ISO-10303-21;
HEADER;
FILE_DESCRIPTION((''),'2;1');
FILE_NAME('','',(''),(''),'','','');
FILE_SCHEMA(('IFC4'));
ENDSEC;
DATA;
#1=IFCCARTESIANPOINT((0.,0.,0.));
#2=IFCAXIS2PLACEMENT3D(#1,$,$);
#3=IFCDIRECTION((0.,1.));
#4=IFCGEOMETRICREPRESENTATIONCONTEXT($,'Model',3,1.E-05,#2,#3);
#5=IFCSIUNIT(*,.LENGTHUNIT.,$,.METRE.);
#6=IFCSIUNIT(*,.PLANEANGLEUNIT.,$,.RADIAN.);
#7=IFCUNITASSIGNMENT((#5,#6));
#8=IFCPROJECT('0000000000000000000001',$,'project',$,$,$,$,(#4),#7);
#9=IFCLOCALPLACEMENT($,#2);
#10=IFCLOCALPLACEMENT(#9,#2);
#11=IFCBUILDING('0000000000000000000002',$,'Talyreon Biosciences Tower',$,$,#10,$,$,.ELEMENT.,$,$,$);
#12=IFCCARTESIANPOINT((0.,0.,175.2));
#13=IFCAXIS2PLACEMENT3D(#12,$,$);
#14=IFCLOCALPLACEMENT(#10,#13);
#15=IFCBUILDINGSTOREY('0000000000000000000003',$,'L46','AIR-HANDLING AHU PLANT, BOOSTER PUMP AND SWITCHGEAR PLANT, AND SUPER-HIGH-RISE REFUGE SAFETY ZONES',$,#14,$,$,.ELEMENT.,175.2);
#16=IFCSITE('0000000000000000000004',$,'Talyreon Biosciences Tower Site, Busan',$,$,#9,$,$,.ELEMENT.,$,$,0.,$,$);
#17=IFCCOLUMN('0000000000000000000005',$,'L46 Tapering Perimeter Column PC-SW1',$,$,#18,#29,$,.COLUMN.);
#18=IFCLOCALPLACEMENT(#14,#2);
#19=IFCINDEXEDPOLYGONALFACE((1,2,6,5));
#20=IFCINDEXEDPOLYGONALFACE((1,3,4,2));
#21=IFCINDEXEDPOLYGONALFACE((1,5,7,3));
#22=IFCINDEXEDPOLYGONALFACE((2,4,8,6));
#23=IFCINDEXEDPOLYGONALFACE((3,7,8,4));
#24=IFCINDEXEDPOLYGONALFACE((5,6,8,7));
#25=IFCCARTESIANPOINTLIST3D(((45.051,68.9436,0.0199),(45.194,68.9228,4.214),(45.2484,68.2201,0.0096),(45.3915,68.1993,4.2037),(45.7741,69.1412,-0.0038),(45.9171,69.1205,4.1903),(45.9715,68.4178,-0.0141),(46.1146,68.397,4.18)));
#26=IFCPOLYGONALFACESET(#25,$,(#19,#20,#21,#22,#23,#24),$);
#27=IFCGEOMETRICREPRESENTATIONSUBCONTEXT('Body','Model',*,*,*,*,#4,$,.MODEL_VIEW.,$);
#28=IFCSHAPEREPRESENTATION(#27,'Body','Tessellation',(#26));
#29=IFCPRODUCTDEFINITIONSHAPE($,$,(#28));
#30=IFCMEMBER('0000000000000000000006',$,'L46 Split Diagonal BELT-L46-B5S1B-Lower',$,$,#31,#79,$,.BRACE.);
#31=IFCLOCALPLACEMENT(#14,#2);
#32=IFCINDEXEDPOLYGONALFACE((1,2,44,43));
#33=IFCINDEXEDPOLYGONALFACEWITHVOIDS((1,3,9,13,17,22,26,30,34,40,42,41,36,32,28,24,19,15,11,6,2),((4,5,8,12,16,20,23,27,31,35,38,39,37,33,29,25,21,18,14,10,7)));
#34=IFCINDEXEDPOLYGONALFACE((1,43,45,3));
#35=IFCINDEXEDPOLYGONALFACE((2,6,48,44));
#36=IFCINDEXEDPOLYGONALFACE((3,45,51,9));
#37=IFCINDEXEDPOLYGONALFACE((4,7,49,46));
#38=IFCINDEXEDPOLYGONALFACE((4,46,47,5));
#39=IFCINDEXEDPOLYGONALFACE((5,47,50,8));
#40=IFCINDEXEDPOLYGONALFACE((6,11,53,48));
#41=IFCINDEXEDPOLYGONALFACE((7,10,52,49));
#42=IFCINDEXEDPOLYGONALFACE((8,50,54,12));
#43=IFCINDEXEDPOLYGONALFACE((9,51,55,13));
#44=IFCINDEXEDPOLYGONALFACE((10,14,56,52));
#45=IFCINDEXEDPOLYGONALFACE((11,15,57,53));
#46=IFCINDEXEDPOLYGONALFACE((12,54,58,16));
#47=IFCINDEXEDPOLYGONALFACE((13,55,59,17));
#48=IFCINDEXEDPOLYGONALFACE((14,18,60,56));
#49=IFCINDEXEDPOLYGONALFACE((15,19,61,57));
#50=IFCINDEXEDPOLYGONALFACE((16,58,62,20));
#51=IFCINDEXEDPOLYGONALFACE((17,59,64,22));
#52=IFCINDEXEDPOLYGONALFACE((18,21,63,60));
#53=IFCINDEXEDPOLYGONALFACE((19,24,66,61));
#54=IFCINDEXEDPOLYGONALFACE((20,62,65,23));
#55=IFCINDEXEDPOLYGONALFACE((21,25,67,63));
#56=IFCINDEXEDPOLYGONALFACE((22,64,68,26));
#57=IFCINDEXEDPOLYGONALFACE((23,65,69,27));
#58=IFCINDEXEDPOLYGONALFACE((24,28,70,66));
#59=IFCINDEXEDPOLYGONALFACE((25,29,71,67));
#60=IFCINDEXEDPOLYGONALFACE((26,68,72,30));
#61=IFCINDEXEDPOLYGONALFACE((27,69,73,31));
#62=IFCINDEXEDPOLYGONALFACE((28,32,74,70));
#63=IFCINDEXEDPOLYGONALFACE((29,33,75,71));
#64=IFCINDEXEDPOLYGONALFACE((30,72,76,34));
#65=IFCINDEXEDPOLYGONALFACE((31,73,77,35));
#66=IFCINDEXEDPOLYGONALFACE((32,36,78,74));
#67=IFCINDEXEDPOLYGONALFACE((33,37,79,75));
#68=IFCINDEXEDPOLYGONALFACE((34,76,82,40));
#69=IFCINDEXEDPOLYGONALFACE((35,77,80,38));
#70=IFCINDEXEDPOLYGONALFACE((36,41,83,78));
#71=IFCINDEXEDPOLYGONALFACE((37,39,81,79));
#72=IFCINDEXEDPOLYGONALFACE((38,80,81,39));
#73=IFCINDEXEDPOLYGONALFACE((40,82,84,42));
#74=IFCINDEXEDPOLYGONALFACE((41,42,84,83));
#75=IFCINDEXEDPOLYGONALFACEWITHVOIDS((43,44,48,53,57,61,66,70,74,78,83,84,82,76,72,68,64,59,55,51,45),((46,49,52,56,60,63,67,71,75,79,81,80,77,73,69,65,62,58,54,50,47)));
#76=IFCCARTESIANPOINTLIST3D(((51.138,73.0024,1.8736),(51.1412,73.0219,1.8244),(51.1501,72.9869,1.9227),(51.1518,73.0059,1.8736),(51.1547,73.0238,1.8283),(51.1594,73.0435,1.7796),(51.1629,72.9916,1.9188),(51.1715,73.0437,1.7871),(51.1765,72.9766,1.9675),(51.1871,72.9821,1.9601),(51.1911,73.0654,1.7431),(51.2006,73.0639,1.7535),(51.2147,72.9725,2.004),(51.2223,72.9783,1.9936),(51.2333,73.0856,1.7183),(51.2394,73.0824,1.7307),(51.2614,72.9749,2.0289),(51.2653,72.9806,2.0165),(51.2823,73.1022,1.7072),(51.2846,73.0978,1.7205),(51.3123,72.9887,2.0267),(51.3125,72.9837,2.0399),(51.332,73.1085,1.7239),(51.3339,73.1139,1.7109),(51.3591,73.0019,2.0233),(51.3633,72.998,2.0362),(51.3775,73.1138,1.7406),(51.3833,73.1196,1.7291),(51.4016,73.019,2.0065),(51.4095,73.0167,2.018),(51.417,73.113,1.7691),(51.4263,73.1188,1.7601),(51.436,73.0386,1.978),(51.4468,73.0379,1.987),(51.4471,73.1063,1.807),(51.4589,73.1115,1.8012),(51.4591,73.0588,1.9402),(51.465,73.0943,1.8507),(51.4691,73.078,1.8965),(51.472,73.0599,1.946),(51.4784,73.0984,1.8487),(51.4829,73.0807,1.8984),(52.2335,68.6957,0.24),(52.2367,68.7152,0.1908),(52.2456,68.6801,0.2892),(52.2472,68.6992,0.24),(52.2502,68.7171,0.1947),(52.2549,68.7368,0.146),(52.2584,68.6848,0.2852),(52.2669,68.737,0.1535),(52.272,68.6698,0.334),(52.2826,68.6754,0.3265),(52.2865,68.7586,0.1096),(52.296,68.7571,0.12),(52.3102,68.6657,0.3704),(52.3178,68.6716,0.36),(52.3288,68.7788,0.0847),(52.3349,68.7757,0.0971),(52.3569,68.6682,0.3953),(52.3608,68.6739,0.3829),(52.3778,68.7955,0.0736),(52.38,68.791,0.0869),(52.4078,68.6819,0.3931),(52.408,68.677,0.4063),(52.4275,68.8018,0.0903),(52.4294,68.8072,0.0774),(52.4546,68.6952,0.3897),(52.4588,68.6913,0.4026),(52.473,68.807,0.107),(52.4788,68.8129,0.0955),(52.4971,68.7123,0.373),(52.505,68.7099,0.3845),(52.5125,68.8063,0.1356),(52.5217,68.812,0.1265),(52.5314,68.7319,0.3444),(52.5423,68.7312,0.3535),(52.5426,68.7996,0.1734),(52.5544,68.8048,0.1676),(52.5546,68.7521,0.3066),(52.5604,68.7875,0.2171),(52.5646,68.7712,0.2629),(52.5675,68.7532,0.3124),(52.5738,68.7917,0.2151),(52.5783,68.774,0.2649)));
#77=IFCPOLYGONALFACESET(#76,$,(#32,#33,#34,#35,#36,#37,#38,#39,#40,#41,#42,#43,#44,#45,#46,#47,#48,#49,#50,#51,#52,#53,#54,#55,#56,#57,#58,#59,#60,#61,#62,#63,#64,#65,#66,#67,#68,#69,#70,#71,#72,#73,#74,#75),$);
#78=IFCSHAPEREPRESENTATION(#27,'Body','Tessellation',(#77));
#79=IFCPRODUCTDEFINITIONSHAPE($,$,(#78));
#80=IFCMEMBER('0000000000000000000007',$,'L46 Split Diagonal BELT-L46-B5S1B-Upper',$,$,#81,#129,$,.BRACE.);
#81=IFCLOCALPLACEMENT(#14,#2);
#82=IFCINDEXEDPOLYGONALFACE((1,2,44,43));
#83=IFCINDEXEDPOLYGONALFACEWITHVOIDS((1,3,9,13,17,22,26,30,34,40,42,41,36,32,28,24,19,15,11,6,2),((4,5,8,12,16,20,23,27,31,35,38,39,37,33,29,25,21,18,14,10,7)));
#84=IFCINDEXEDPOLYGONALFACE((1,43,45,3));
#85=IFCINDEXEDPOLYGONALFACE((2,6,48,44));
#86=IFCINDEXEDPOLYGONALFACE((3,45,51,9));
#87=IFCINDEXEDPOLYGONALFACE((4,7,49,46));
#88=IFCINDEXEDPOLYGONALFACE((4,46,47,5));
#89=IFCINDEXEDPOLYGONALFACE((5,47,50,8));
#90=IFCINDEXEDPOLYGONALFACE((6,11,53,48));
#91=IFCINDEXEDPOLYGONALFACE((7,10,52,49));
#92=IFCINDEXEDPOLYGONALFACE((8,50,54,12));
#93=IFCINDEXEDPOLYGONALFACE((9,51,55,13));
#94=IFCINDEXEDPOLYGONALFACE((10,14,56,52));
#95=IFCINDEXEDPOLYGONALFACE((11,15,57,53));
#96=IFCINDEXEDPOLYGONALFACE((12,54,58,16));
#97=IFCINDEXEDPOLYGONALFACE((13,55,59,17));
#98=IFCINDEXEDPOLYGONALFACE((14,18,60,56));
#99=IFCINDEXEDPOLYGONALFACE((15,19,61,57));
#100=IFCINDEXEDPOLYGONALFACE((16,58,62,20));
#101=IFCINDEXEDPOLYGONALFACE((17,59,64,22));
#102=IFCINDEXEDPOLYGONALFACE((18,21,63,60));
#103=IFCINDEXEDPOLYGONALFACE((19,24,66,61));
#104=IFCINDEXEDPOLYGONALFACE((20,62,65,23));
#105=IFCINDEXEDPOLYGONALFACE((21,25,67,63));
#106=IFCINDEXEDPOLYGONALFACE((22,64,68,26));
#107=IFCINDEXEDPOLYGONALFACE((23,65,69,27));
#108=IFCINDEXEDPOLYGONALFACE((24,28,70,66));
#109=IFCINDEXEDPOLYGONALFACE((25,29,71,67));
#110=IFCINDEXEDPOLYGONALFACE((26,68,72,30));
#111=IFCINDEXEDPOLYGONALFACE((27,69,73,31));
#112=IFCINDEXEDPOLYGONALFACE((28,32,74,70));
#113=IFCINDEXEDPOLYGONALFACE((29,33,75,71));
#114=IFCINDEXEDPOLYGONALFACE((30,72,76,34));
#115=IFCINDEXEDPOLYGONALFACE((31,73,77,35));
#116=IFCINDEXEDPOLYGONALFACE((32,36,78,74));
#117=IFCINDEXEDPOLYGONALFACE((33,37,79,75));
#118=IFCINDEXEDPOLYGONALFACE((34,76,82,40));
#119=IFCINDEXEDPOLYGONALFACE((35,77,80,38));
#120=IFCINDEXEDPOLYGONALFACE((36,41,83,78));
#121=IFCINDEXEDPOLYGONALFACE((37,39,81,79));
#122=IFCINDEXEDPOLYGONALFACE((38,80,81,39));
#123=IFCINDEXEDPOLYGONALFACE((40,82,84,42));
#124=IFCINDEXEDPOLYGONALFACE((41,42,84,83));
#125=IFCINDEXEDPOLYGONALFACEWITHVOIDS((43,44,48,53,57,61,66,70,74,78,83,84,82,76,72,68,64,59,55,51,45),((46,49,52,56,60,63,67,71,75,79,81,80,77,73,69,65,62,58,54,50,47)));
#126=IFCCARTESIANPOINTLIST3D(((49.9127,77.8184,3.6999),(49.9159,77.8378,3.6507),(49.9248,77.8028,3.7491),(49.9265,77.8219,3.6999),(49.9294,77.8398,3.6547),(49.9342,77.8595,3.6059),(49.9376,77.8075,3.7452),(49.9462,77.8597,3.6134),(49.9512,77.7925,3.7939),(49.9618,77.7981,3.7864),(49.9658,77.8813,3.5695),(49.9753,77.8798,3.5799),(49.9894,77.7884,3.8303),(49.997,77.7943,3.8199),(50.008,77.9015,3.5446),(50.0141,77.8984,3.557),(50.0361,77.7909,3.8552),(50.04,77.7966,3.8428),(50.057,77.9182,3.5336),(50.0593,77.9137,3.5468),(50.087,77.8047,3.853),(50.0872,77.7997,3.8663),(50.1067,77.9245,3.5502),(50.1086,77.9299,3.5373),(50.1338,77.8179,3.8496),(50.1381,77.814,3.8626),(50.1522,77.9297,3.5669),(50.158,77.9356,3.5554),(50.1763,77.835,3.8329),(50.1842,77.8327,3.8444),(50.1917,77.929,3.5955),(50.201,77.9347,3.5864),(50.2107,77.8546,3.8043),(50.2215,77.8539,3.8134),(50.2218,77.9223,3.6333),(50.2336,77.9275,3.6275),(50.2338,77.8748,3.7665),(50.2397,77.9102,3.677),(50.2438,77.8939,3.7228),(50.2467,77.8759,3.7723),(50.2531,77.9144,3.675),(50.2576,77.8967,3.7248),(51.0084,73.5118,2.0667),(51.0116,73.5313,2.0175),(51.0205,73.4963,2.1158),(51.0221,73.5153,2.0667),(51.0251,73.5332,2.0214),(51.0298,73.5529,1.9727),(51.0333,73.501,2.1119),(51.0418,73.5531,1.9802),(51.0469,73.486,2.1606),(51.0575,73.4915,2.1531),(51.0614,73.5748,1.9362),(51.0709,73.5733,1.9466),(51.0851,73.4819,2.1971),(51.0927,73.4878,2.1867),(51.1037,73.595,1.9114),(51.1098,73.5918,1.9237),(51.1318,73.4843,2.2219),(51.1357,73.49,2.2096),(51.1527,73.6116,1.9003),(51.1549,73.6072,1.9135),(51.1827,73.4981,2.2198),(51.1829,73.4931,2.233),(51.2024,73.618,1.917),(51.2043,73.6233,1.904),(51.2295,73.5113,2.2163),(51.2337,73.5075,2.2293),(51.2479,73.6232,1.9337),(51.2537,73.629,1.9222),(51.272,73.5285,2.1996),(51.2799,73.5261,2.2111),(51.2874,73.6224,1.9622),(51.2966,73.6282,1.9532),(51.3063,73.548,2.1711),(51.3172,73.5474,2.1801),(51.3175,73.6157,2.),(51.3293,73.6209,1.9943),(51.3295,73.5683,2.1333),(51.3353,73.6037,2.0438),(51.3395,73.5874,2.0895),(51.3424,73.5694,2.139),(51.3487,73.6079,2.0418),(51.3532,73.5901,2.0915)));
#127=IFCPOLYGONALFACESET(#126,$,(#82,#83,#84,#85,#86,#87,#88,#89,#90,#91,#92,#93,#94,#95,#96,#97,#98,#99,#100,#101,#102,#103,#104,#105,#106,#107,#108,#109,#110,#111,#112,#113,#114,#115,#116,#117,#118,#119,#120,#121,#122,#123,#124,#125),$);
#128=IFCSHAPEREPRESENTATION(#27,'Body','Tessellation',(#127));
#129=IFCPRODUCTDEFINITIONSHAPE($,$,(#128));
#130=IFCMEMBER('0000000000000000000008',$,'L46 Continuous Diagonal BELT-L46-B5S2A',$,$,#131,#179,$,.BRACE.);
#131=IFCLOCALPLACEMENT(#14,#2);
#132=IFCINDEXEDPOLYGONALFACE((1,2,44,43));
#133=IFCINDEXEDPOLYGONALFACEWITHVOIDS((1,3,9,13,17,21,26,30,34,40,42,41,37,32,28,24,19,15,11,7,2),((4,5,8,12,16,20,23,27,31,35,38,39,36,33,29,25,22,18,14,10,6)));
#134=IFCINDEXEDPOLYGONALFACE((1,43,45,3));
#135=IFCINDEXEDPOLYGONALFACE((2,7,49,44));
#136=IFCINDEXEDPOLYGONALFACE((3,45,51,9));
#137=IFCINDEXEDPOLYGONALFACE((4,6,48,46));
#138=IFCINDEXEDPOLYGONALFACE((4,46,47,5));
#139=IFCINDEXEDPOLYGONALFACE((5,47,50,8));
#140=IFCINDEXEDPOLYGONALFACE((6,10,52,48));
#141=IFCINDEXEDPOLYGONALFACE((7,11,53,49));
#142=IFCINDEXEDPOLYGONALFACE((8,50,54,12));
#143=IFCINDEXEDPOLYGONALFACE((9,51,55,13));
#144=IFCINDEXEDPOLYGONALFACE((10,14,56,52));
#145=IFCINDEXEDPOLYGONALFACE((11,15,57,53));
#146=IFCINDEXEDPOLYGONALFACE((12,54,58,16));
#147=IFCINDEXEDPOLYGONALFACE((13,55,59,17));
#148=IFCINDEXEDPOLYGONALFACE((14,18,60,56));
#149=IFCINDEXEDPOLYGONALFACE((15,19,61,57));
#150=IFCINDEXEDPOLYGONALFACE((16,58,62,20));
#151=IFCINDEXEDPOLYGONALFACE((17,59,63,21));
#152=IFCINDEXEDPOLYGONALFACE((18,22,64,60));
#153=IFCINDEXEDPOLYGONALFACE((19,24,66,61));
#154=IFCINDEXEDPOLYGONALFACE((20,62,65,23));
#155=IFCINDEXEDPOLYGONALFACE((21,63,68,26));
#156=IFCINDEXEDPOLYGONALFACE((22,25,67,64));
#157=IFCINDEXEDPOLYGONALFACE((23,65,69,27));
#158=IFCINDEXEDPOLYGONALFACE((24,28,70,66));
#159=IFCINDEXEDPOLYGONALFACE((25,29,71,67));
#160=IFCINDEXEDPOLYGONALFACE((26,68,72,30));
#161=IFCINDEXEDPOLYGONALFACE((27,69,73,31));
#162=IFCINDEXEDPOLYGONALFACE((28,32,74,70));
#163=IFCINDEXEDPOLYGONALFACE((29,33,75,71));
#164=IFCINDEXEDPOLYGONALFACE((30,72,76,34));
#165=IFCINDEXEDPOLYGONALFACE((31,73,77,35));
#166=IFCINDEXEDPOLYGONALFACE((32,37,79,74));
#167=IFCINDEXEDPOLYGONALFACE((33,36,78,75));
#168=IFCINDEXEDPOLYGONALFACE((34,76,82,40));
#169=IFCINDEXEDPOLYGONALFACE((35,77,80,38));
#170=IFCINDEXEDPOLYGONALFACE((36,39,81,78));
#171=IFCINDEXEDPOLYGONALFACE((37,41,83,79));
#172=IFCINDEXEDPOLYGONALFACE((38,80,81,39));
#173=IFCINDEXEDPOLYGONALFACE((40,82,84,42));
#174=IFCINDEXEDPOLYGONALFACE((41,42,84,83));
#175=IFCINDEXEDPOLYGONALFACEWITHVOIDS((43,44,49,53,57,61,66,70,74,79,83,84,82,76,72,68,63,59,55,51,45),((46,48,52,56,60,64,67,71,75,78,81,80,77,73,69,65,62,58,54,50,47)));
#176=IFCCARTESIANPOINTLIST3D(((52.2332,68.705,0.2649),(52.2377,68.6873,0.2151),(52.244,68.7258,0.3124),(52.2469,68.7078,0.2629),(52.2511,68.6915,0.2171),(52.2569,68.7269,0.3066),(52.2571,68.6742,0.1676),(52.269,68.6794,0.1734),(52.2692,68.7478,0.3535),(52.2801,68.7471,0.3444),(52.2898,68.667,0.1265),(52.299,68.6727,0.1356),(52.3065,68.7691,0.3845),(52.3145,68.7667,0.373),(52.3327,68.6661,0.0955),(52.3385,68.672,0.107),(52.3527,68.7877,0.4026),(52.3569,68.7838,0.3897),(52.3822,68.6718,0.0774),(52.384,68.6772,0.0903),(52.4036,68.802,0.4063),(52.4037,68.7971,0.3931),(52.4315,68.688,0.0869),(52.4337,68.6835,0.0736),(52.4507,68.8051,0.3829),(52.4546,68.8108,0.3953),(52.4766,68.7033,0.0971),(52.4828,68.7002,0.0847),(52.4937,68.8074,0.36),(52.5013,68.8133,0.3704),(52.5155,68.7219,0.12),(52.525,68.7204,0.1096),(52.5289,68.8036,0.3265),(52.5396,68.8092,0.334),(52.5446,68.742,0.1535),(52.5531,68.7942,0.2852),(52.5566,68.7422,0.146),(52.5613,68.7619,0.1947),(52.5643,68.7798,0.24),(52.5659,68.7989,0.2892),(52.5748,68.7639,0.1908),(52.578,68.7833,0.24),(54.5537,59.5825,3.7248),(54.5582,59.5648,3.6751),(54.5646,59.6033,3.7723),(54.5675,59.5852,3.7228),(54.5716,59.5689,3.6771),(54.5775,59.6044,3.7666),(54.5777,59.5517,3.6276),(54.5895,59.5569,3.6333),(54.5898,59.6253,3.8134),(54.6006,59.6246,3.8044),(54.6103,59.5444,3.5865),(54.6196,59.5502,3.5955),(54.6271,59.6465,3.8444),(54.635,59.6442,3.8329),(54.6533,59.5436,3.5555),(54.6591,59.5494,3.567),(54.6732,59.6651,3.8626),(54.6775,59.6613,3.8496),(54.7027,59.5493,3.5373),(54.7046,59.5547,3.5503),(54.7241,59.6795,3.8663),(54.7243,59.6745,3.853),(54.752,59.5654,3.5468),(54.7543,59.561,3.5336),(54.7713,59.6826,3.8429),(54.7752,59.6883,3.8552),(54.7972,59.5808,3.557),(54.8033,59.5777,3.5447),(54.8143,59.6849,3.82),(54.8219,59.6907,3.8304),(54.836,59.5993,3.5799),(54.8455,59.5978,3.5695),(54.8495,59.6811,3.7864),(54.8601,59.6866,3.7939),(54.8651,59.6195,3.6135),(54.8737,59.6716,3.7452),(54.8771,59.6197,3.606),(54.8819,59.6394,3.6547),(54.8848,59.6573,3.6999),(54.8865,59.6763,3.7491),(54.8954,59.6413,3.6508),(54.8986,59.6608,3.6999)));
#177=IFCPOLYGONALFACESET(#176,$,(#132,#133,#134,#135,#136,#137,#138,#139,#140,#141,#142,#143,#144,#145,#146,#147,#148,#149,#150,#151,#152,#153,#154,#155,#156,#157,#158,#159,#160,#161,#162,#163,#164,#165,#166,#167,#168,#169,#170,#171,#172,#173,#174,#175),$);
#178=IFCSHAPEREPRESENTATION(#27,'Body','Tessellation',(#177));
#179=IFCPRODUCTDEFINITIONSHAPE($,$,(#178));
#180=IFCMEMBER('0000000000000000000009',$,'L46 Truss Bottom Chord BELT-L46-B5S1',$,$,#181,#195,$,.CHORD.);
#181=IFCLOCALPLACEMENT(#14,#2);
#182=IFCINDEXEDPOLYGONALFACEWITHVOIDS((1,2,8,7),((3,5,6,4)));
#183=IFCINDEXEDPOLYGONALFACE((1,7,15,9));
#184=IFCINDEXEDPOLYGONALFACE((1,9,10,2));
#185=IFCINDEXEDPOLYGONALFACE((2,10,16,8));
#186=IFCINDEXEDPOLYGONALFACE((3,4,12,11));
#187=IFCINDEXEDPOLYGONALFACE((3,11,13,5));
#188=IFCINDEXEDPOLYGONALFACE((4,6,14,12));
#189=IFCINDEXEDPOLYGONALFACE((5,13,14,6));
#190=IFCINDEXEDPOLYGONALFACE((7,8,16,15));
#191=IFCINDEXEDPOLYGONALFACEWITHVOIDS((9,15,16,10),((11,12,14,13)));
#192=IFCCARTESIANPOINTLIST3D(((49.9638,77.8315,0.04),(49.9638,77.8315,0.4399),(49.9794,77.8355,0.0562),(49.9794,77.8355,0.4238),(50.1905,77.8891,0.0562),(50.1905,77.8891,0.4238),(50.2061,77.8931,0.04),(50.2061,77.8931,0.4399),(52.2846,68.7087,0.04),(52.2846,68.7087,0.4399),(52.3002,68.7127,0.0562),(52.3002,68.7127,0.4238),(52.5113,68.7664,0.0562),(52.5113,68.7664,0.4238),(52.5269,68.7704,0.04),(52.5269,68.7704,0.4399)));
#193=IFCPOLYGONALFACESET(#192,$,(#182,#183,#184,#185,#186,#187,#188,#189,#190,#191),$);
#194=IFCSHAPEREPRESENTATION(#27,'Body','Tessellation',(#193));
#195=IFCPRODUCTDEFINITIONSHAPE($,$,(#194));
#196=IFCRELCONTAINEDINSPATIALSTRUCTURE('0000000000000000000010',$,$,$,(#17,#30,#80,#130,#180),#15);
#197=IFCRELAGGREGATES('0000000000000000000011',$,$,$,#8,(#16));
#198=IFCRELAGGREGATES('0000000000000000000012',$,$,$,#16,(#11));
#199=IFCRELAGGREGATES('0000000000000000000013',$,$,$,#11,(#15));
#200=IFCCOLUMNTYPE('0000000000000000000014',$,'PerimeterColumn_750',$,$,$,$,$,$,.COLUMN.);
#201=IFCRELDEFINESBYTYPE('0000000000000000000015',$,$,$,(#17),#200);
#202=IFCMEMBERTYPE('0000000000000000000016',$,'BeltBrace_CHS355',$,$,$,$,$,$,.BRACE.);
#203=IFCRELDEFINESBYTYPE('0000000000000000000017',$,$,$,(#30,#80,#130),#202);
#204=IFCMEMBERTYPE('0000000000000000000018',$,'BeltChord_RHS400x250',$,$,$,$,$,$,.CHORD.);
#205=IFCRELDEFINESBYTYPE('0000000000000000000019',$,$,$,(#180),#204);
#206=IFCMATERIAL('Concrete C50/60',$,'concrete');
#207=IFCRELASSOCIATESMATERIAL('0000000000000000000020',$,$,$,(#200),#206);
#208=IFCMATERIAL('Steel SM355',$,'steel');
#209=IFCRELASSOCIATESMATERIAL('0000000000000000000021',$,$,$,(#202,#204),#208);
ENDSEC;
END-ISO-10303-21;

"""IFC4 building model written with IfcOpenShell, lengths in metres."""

from ifc_helpers import new_model, si_unit, direction, frame, origin, origin_2d, place, context, subcontext, project, spatial, rectangle, hollow_rectangle, hollow_circle, extrude, material, material_profile, profile_set, type_object, element, save


model = new_model("IFC4")

# Units and contexts
model_context = context("Model", 3, precision=1e-05, world=origin(), true_north=direction((0.0, 1.0)))
body_context = subcontext(model_context, "Body", "Model", "MODEL_VIEW")
ifc_project = project(units=[si_unit("LENGTHUNIT", "METRE"), si_unit("PLANEANGLEUNIT", "RADIAN")], contexts=[model_context])

# Site, building, storey
site_placement = place(None, origin())
site = spatial("IfcSite", under=ifc_project, at=site_placement, Name="Talyreon Biosciences Tower Site, Busan", CompositionType="ELEMENT", RefElevation=0.0)
building_placement = place(site_placement, origin())
building = spatial("IfcBuilding", under=site, at=building_placement, Name="Talyreon Biosciences Tower", CompositionType="ELEMENT")
storey_placement = place(building_placement, frame((0.0, 0.0, 175.2)))
storey = spatial("IfcBuildingStorey", under=building, at=storey_placement, Name="L46", Description="AIR-HANDLING AHU PLANT, BOOSTER PUMP AND SWITCHGEAR PLANT, AND SUPER-HIGH-RISE REFUGE SAFETY ZONES", CompositionType="ELEMENT", Elevation=175.2)

# Column
ifc_material_1 = material(Name="Concrete C50/60", Category="concrete")
ifc_material_profile_1 = material_profile(ifc_material_1, rectangle(XDim=0.75, YDim=0.75, at=origin_2d()), Name="RC 750x750")
ifc_profile_set_1 = profile_set([ifc_material_profile_1], Name="Concrete C50/60")
column_type = type_object("IfcColumnType", Name="PerimeterColumn_750", PredefinedType="COLUMN", material=ifc_profile_set_1)
column_placement = place(storey_placement, frame((45.5112, 68.6807, 0.0029), z_axis=(0.034091, -0.004945, 0.999406), x_axis=(0.964126, 0.26356, -0.031584)))
element("IfcColumn", 1, at=column_placement, inside=storey, type_object=column_type, Name="L46 Tapering Perimeter Column PC-SW1", PredefinedType="COLUMN", context=body_context, shape_type="SweptSolid", body=[
    extrude(rectangle(XDim=0.75, YDim=0.75, at=origin_2d()), origin(), (0.0, 0.0, 1.0), 4.1965),
])

# Members
ifc_material_2 = material(Name="Steel SM355", Category="steel")
ifc_material_profile_2 = material_profile(ifc_material_2, hollow_circle(Radius=0.1777, WallThickness=0.0142, at=origin_2d()), Name="CHS 355.6x14.2")
ifc_profile_set_2 = profile_set([ifc_material_profile_2], Name="Steel SM355")
member_type_1 = type_object("IfcMemberType", Name="BeltBrace_CHS355", PredefinedType="BRACE", material=ifc_profile_set_2)
member_1_placement = place(storey_placement, frame((52.4058, 68.7395, 0.24), z_axis=(-0.231377, 0.909626, 0.345029), x_axis=(-0.969139, -0.246515, 0.0)))
element("IfcMember", 2, at=member_1_placement, inside=storey, type_object=member_type_1, Name="L46 Split Diagonal BELT-L46-B5S1B-Lower", PredefinedType="BRACE", context=body_context, shape_type="SweptSolid", body=[
    extrude(hollow_circle(Radius=0.1777, WallThickness=0.0142, at=origin_2d()), origin(), (0.0, 0.0, 1.0), 4.7346),
])
member_2_placement = place(storey_placement, frame((51.1807, 73.5557, 2.0667), z_axis=(-0.23143, 0.909631, 0.344979), x_axis=(-0.969126, -0.246567, 0.0)))
element("IfcMember", 3, at=member_2_placement, inside=storey, type_object=member_type_1, Name="L46 Split Diagonal BELT-L46-B5S1B-Upper", PredefinedType="BRACE", context=body_context, shape_type="SweptSolid", body=[
    extrude(hollow_circle(Radius=0.1777, WallThickness=0.0142, at=origin_2d()), origin(), (0.0, 0.0, 1.0), 4.7344),
])
member_3_placement = place(storey_placement, frame((52.4058, 68.7395, 0.24), z_axis=(0.231389, -0.909634, 0.345002), x_axis=(0.969137, 0.246525, 0.0)))
element("IfcMember", 4, at=member_3_placement, inside=storey, type_object=member_type_1, Name="L46 Continuous Diagonal BELT-L46-B5S2A", PredefinedType="BRACE", context=body_context, shape_type="SweptSolid", body=[
    extrude(hollow_circle(Radius=0.1777, WallThickness=0.0142, at=origin_2d()), origin(), (0.0, 0.0, 1.0), 10.0288),
])
ifc_material_profile_3 = material_profile(ifc_material_2, hollow_rectangle(XDim=0.25, YDim=0.3999, WallThickness=0.0161, at=origin_2d()), Name="RHS 400x250x16")
ifc_profile_set_3 = profile_set([ifc_material_profile_3], Name="Steel SM355")
member_type_2 = type_object("IfcMemberType", Name="BeltChord_RHS400x250", PredefinedType="CHORD", material=ifc_profile_set_3)
member_4_placement = place(storey_placement, frame((50.085, 77.8623, 0.24), z_axis=(0.246543, -0.969132, 0.0), x_axis=(0.969132, 0.246543, 0.0)))
element("IfcMember", 5, at=member_4_placement, inside=storey, type_object=member_type_2, Name="L46 Truss Bottom Chord BELT-L46-B5S1", PredefinedType="CHORD", context=body_context, shape_type="SweptSolid", body=[
    extrude(hollow_rectangle(XDim=0.25, YDim=0.3999, WallThickness=0.0161, at=origin_2d()), origin(), (0.0, 0.0, 1.0), 9.4133),
])

save(model, "model.ifc")
